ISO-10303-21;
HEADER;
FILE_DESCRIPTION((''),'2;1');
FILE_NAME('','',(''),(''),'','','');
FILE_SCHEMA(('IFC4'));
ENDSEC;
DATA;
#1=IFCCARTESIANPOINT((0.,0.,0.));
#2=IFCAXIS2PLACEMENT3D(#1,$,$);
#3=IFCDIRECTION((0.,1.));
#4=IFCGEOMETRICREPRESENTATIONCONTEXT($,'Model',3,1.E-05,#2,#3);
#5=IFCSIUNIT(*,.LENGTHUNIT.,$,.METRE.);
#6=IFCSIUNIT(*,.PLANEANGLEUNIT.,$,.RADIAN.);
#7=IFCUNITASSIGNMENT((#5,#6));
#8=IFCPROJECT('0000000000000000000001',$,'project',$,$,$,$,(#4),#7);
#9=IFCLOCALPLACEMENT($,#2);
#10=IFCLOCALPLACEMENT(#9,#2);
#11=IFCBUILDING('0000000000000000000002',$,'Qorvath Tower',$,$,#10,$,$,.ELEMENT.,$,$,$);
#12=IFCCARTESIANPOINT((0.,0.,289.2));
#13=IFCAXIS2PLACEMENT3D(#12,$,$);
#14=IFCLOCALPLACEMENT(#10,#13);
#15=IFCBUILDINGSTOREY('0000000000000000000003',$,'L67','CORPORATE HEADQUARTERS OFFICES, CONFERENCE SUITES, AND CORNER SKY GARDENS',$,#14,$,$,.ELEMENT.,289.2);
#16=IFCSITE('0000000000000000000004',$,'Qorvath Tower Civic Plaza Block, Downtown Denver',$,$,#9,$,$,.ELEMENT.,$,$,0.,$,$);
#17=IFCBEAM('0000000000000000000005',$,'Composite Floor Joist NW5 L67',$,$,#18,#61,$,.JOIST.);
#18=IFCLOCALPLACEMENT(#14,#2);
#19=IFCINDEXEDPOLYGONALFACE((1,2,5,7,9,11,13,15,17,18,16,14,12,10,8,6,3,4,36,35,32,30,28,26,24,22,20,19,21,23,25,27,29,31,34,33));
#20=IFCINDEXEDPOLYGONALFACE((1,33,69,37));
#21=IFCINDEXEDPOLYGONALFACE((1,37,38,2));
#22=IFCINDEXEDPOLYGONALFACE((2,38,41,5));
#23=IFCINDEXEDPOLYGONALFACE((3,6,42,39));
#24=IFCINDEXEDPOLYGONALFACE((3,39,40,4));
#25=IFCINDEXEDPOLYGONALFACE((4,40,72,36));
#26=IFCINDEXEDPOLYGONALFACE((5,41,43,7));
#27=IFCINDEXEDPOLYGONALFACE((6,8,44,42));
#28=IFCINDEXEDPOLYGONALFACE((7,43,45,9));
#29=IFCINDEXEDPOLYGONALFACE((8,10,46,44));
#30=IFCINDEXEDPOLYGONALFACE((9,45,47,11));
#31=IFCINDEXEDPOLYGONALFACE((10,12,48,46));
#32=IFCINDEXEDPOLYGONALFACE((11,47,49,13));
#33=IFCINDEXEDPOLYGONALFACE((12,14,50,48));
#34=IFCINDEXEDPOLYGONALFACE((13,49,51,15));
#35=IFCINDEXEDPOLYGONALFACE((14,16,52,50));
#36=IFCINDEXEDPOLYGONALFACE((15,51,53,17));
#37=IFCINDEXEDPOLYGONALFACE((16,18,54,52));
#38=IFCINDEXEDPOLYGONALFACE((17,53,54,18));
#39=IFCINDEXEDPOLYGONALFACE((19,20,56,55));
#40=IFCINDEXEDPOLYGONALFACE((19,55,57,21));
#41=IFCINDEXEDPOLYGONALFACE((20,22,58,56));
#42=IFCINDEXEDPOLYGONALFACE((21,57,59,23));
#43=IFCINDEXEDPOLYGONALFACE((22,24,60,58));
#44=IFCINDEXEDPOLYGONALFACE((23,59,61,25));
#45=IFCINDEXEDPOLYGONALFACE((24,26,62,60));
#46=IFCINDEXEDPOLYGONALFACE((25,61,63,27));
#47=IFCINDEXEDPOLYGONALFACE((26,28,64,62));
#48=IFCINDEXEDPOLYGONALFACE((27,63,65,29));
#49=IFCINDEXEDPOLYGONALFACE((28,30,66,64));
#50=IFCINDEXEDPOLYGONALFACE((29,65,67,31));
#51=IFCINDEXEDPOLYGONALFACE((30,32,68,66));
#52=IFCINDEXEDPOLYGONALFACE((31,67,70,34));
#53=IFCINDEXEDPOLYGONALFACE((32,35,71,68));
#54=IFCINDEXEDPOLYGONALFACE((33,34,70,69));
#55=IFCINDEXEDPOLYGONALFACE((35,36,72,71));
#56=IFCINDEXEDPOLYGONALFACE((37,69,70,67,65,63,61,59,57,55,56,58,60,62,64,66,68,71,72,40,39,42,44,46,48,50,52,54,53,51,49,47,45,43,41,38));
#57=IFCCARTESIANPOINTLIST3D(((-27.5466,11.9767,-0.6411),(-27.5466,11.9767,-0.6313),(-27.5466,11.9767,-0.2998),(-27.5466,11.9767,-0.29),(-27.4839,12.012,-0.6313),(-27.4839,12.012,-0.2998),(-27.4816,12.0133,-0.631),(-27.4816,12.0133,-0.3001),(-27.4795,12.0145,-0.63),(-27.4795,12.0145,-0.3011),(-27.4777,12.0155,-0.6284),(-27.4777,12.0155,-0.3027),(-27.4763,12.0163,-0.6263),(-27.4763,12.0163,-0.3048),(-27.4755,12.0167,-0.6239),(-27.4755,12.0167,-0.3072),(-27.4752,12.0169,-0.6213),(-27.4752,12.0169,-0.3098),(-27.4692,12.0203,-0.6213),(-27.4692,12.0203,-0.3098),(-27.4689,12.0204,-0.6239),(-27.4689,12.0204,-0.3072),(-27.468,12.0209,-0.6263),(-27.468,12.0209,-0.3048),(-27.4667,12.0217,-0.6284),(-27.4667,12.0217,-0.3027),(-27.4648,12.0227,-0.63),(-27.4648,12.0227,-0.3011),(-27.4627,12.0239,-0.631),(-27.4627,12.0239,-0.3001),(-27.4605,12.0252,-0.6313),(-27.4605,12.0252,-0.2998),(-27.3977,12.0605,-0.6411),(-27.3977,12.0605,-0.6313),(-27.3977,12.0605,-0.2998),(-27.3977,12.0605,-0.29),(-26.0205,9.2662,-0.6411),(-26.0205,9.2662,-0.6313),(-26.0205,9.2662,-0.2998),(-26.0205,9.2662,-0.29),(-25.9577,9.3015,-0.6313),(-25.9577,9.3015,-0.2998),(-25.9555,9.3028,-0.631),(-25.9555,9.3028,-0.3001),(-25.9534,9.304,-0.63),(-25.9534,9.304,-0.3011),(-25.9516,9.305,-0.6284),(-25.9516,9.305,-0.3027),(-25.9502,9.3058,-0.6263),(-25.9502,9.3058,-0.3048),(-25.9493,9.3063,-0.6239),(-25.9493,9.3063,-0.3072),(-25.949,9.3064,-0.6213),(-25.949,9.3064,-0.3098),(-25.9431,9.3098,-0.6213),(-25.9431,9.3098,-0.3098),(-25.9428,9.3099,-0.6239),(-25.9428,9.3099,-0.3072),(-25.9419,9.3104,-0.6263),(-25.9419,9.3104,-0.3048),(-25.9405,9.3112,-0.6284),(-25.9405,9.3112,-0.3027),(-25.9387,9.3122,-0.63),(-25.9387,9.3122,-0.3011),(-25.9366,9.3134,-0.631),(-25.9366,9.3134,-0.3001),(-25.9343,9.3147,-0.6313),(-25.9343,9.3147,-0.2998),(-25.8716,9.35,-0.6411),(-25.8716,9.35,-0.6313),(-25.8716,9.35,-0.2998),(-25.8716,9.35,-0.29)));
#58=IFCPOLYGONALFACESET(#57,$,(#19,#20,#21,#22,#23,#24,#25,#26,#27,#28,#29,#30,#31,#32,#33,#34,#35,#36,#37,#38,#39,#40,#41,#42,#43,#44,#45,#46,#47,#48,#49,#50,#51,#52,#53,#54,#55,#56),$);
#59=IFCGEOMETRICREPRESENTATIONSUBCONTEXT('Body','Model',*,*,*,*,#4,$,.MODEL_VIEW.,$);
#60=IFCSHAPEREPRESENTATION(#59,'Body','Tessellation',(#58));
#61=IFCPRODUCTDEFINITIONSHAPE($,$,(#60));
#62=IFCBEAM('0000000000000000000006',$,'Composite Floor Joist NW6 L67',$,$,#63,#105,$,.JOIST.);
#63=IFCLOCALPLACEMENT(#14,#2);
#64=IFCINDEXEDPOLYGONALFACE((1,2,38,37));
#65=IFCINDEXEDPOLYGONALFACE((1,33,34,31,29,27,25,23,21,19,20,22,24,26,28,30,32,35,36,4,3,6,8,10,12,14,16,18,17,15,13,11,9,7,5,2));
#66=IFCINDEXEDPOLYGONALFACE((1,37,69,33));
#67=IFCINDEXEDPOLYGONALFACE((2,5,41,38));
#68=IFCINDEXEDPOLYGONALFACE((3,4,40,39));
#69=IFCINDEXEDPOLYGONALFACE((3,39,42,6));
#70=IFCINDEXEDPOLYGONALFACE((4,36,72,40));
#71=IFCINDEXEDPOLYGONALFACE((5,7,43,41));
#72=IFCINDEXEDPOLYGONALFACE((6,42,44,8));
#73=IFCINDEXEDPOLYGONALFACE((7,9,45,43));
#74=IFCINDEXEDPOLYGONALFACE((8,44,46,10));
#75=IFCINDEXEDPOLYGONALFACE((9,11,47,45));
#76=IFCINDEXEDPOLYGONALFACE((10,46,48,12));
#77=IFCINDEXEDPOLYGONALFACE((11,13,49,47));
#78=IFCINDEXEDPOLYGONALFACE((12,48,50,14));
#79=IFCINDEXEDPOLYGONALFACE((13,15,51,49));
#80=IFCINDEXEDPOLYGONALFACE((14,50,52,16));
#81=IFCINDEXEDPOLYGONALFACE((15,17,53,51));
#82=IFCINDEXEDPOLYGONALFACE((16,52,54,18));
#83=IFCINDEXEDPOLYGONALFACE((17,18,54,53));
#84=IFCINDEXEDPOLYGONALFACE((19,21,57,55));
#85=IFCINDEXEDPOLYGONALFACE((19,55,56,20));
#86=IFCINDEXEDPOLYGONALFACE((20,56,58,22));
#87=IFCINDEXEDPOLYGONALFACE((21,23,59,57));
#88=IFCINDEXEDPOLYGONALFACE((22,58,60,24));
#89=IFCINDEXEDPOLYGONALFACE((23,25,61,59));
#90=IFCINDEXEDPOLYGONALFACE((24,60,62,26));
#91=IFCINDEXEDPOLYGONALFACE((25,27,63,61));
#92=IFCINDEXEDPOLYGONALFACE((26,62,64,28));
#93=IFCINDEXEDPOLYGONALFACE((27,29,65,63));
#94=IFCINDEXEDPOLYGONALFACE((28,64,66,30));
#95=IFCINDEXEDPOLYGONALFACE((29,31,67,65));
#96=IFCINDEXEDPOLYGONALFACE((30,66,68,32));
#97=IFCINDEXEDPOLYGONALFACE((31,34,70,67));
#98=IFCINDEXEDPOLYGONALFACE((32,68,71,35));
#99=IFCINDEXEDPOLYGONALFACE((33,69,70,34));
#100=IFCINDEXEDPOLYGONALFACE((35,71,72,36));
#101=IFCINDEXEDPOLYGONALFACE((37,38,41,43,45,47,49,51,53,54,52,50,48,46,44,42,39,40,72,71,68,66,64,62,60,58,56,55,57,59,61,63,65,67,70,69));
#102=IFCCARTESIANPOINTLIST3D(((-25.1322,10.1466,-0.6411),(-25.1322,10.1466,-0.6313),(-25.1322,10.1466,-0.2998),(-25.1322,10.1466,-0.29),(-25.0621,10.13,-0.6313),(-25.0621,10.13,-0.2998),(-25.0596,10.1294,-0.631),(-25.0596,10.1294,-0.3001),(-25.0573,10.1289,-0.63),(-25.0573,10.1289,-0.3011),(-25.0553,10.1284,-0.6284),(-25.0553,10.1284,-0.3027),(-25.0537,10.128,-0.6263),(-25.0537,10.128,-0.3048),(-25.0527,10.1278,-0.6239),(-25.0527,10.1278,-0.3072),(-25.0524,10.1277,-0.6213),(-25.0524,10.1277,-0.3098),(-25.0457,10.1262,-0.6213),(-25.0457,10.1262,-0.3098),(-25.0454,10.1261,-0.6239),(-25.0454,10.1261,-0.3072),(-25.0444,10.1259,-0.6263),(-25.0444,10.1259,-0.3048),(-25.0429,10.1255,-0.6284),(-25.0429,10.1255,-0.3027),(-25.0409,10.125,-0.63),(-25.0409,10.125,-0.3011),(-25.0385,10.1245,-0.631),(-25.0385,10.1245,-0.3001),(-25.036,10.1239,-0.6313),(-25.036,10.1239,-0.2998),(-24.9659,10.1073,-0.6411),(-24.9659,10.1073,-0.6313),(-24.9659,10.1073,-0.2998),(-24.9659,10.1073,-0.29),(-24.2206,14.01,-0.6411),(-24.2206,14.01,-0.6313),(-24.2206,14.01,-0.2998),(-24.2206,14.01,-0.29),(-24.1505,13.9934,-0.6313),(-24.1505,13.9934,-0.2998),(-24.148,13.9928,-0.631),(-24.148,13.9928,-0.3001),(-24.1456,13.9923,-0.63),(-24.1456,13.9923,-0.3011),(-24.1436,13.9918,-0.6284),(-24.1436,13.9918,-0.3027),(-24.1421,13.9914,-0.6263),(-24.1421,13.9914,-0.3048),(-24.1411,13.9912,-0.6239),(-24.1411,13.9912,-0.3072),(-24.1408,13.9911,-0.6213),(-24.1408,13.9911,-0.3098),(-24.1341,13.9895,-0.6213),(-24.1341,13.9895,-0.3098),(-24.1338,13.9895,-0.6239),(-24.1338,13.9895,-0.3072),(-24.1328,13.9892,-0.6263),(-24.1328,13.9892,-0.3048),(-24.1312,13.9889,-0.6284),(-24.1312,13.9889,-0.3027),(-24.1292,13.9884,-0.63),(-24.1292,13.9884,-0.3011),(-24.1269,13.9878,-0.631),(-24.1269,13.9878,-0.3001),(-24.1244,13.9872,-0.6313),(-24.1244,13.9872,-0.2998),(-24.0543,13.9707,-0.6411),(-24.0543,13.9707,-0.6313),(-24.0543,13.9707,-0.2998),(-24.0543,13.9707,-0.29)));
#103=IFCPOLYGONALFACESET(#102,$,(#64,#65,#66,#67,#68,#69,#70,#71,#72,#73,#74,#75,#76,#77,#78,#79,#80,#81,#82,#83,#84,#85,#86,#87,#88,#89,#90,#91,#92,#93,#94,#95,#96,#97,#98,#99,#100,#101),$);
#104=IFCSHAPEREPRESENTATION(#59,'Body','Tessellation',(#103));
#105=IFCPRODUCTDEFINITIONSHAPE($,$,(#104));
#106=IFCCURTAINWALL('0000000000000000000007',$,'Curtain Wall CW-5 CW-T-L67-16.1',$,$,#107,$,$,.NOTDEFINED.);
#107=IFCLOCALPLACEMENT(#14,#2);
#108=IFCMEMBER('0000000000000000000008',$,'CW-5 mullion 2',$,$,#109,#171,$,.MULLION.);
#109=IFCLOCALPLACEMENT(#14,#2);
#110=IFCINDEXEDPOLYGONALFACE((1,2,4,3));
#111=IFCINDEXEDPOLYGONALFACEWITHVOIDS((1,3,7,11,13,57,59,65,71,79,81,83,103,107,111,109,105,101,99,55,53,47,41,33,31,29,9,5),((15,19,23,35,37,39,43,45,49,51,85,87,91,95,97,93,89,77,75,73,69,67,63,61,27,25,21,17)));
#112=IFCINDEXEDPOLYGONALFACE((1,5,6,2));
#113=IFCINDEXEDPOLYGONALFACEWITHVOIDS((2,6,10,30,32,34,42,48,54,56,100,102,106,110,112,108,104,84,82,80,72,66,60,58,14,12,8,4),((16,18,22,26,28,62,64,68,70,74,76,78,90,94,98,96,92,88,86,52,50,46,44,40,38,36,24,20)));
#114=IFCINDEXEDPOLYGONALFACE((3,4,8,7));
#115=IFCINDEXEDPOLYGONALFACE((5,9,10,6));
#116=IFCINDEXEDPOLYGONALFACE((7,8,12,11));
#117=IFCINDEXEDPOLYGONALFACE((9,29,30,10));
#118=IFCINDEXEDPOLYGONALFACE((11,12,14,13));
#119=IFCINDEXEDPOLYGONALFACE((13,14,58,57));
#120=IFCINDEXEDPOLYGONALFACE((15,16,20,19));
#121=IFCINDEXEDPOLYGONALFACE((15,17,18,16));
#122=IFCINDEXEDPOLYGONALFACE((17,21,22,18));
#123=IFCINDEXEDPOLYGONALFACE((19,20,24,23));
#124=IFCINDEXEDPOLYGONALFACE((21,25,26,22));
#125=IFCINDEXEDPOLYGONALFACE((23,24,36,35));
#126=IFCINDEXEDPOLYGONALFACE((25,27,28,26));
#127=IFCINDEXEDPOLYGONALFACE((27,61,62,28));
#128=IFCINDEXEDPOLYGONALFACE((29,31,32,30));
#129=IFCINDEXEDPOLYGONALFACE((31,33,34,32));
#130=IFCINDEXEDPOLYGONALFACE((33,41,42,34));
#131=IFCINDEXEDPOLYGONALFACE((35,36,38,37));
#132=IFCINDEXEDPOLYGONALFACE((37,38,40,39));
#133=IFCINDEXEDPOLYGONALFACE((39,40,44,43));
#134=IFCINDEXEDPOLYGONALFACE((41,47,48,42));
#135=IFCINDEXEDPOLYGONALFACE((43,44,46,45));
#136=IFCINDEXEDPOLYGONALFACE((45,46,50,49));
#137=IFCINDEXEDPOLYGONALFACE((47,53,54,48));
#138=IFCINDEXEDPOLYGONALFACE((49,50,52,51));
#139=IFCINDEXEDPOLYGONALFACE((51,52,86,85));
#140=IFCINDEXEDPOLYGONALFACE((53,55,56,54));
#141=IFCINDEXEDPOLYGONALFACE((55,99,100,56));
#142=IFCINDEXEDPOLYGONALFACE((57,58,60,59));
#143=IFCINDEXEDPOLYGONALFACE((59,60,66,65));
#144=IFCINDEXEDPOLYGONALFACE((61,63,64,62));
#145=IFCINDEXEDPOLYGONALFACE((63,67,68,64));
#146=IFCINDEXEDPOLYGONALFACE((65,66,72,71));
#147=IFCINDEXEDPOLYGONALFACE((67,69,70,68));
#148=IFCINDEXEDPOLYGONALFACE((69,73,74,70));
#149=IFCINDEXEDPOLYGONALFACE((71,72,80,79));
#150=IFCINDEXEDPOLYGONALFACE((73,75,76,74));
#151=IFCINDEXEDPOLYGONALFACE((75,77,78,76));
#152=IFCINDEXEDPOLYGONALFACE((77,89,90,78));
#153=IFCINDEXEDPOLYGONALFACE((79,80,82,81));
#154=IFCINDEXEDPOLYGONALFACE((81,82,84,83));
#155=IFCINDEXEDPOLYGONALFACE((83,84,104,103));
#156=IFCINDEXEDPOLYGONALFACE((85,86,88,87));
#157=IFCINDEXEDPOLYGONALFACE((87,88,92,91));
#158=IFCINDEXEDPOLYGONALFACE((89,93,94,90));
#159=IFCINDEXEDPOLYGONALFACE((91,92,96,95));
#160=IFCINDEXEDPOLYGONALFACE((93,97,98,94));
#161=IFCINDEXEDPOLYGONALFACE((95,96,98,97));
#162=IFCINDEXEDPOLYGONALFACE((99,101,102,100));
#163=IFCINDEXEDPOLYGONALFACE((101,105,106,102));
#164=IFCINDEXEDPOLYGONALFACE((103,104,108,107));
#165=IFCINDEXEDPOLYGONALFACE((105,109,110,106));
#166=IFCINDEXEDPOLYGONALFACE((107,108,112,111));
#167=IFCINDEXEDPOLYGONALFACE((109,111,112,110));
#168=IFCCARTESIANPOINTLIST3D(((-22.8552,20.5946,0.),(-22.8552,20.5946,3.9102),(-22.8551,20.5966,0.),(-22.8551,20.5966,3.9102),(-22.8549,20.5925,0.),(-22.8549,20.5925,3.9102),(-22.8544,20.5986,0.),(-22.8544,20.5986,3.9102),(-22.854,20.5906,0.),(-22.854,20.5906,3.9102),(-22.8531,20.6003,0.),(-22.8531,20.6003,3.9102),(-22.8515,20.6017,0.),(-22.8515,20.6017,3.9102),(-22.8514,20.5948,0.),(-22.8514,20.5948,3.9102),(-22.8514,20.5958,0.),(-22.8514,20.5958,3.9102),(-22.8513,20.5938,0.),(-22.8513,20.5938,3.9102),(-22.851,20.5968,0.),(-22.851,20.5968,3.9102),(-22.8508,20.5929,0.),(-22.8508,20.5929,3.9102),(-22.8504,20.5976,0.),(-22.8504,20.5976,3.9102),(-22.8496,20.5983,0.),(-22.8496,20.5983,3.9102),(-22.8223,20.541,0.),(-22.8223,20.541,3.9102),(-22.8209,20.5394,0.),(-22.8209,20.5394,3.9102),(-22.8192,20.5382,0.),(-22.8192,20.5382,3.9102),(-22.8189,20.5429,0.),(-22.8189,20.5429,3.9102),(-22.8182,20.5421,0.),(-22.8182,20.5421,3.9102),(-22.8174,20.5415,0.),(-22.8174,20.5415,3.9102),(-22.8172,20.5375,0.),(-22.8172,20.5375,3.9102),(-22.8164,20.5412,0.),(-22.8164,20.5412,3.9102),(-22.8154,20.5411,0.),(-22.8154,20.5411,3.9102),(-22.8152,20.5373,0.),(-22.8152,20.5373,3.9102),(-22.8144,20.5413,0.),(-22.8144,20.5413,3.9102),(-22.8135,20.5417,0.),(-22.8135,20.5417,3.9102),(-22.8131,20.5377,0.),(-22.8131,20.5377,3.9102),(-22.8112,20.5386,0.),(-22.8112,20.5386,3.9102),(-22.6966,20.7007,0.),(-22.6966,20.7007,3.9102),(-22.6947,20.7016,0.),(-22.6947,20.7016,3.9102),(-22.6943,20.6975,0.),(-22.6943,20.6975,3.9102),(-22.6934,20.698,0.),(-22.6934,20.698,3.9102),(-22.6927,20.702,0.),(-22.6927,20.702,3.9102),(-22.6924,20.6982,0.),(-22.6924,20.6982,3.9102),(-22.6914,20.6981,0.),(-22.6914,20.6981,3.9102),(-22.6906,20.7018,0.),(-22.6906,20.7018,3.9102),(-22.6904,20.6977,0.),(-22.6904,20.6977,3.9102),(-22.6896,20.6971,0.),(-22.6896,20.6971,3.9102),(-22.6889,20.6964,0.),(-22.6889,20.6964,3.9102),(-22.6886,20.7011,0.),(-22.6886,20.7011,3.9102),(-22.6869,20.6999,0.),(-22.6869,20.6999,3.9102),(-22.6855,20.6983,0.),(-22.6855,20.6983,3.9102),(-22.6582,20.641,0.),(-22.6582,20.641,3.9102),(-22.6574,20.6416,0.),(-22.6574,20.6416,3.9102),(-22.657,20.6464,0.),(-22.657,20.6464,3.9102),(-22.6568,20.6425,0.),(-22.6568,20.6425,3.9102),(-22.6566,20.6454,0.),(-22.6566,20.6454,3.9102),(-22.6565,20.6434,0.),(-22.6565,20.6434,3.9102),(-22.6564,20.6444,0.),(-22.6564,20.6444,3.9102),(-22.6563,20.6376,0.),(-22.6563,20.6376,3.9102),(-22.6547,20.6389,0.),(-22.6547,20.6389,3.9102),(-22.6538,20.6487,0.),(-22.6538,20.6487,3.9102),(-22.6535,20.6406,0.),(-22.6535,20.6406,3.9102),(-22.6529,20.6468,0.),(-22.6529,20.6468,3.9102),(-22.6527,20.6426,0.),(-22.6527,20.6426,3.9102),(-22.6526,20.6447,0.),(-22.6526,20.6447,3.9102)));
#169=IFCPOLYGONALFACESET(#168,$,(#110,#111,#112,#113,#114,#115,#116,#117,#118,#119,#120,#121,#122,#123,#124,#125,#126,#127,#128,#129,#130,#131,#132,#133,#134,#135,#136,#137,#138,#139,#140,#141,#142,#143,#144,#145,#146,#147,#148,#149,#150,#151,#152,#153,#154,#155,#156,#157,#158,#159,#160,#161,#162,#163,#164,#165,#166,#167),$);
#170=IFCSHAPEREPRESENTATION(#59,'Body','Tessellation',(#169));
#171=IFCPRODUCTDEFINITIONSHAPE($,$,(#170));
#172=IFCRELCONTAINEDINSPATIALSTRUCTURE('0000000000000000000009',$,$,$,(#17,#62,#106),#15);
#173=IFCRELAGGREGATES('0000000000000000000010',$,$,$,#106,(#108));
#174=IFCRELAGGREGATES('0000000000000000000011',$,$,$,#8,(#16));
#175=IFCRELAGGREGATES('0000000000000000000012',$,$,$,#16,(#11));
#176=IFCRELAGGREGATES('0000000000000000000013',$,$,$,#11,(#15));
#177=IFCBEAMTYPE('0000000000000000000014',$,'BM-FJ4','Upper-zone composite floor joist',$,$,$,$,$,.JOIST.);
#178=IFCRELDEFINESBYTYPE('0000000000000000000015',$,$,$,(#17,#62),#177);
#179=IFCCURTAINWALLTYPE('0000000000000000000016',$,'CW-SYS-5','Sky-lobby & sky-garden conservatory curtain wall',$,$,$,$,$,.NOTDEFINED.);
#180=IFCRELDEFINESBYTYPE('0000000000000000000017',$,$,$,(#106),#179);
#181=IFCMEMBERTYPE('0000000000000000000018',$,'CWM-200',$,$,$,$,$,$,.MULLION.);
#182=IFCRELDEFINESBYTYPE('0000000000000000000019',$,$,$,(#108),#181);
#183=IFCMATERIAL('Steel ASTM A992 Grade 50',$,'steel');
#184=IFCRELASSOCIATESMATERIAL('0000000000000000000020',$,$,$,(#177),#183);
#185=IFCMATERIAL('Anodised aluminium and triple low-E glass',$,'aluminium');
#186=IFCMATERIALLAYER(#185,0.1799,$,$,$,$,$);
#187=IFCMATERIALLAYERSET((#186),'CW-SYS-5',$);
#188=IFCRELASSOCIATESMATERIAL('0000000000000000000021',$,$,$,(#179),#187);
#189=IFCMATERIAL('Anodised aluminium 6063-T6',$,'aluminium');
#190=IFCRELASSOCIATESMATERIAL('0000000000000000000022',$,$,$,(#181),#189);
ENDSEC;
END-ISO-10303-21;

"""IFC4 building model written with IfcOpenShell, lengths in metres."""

from ifc_helpers import new_model, si_unit, direction, frame, origin, origin_2d, place, context, subcontext, project, spatial, hollow_rectangle, i_section, extrude, material, layer, layer_set, material_profile, profile_set, type_object, element, aggregate, save


model = new_model("IFC4")

# Units and contexts
model_context = context("Model", 3, precision=1e-05, world=origin(), true_north=direction((0.0, 1.0)))
body_context = subcontext(model_context, "Body", "Model", "MODEL_VIEW")
ifc_project = project(units=[si_unit("LENGTHUNIT", "METRE"), si_unit("PLANEANGLEUNIT", "RADIAN")], contexts=[model_context])

# Site, building, storey
site_placement = place(None, origin())
site = spatial("IfcSite", under=ifc_project, at=site_placement, Name="Qorvath Tower Civic Plaza Block, Downtown Denver", CompositionType="ELEMENT", RefElevation=0.0)
building_placement = place(site_placement, origin())
building = spatial("IfcBuilding", under=site, at=building_placement, Name="Qorvath Tower", CompositionType="ELEMENT")
storey_placement = place(building_placement, frame((0.0, 0.0, 289.2)))
storey = spatial("IfcBuildingStorey", under=building, at=storey_placement, Name="L67", Description="CORPORATE HEADQUARTERS OFFICES, CONFERENCE SUITES, AND CORNER SKY GARDENS", CompositionType="ELEMENT", Elevation=289.2)

# Beams
ifc_material_1 = material(Name="Steel ASTM A992 Grade 50", Category="steel")
ifc_material_profile_1 = material_profile(ifc_material_1, i_section(OverallWidth=0.1709, OverallDepth=0.3511, WebThickness=0.0068, FlangeThickness=0.0098, FilletRadius=0.01, at=origin_2d()), Name="W14x30")
ifc_profile_set_1 = profile_set([ifc_material_profile_1], Name="Steel ASTM A992 Grade 50")
beam_type_1 = type_object("IfcBeamType", Name="BM-FJ4", Description="Upper-zone composite floor joist", PredefinedType="JOIST", material=ifc_profile_set_1)
beam_1_placement = place(storey_placement, frame((-25.946, 9.3081, -0.4656), z_axis=(-0.490626, 0.87137, 0.0), x_axis=(-0.87137, -0.490626, 0.0)))
element("IfcBeam", 1, at=beam_1_placement, inside=storey, type_object=beam_type_1, Name="Composite Floor Joist NW5 L67", PredefinedType="JOIST", context=body_context, shape_type="SweptSolid", body=[
    extrude(i_section(OverallWidth=0.1709, OverallDepth=0.3511, WebThickness=0.0068, FlangeThickness=0.0098, FilletRadius=0.01, at=origin_2d()), origin(), (0.0, 0.0, 1.0), 3.1106),
])
beam_2_placement = place(storey_placement, frame((-25.0491, 10.127, -0.4656), z_axis=(0.229663, 0.97327, 0.0), x_axis=(-0.97327, 0.229663, 0.0)))
element("IfcBeam", 2, at=beam_2_placement, inside=storey, type_object=beam_type_1, Name="Composite Floor Joist NW6 L67", PredefinedType="JOIST", context=body_context, shape_type="SweptSolid", body=[
    extrude(i_section(OverallWidth=0.1709, OverallDepth=0.3511, WebThickness=0.0068, FlangeThickness=0.0098, FilletRadius=0.01, at=origin_2d()), origin(), (0.0, 0.0, 1.0), 3.9695),
])

# Curtain wall, member
ifc_material_2 = material(Name="Anodised aluminium and triple low-E glass", Category="aluminium")
ifc_layer_1 = layer(ifc_material_2, 0.1799)
ifc_layer_set_1 = layer_set([ifc_layer_1], Name="CW-SYS-5")
curtain_wall_type = type_object("IfcCurtainWallType", Name="CW-SYS-5", Description="Sky-lobby & sky-garden conservatory curtain wall", PredefinedType="NOTDEFINED", material=ifc_layer_set_1)
curtain_wall_placement = place(storey_placement, origin())
curtain_wall = element("IfcCurtainWall", 3, at=curtain_wall_placement, inside=storey, type_object=curtain_wall_type, Name="Curtain Wall CW-5 CW-T-L67-16.1", PredefinedType="NOTDEFINED")
ifc_material_3 = material(Name="Anodised aluminium 6063-T6", Category="aluminium")
ifc_material_profile_2 = material_profile(ifc_material_3, hollow_rectangle(XDim=0.075, YDim=0.2, WallThickness=0.0039, InnerFilletRadius=0.0039, OuterFilletRadius=0.0081, at=origin_2d()), Name="CWM 200x75")
ifc_profile_set_2 = profile_set([ifc_material_profile_2], Name="Anodised aluminium 6063-T6")
member_type_1 = type_object("IfcMemberType", Name="CWM-200", PredefinedType="MULLION", material=ifc_profile_set_2)
member_1_placement = place(storey_placement, frame((-22.7539, 20.6196, 0.0), z_axis=(0.0, 0.0, 1.0), x_axis=(0.538537, -0.842602, 0.0)))
member_1 = element("IfcMember", 4, at=member_1_placement, type_object=member_type_1, Name="CW-5 mullion 2", PredefinedType="MULLION", context=body_context, shape_type="SweptSolid", body=[
    extrude(hollow_rectangle(XDim=0.075, YDim=0.2, WallThickness=0.0039, InnerFilletRadius=0.0039, OuterFilletRadius=0.0081, at=origin_2d()), origin(), (0.0, 0.0, 1.0), 3.9102),
])
aggregate(curtain_wall, [member_1])

save(model, "model.ifc")
